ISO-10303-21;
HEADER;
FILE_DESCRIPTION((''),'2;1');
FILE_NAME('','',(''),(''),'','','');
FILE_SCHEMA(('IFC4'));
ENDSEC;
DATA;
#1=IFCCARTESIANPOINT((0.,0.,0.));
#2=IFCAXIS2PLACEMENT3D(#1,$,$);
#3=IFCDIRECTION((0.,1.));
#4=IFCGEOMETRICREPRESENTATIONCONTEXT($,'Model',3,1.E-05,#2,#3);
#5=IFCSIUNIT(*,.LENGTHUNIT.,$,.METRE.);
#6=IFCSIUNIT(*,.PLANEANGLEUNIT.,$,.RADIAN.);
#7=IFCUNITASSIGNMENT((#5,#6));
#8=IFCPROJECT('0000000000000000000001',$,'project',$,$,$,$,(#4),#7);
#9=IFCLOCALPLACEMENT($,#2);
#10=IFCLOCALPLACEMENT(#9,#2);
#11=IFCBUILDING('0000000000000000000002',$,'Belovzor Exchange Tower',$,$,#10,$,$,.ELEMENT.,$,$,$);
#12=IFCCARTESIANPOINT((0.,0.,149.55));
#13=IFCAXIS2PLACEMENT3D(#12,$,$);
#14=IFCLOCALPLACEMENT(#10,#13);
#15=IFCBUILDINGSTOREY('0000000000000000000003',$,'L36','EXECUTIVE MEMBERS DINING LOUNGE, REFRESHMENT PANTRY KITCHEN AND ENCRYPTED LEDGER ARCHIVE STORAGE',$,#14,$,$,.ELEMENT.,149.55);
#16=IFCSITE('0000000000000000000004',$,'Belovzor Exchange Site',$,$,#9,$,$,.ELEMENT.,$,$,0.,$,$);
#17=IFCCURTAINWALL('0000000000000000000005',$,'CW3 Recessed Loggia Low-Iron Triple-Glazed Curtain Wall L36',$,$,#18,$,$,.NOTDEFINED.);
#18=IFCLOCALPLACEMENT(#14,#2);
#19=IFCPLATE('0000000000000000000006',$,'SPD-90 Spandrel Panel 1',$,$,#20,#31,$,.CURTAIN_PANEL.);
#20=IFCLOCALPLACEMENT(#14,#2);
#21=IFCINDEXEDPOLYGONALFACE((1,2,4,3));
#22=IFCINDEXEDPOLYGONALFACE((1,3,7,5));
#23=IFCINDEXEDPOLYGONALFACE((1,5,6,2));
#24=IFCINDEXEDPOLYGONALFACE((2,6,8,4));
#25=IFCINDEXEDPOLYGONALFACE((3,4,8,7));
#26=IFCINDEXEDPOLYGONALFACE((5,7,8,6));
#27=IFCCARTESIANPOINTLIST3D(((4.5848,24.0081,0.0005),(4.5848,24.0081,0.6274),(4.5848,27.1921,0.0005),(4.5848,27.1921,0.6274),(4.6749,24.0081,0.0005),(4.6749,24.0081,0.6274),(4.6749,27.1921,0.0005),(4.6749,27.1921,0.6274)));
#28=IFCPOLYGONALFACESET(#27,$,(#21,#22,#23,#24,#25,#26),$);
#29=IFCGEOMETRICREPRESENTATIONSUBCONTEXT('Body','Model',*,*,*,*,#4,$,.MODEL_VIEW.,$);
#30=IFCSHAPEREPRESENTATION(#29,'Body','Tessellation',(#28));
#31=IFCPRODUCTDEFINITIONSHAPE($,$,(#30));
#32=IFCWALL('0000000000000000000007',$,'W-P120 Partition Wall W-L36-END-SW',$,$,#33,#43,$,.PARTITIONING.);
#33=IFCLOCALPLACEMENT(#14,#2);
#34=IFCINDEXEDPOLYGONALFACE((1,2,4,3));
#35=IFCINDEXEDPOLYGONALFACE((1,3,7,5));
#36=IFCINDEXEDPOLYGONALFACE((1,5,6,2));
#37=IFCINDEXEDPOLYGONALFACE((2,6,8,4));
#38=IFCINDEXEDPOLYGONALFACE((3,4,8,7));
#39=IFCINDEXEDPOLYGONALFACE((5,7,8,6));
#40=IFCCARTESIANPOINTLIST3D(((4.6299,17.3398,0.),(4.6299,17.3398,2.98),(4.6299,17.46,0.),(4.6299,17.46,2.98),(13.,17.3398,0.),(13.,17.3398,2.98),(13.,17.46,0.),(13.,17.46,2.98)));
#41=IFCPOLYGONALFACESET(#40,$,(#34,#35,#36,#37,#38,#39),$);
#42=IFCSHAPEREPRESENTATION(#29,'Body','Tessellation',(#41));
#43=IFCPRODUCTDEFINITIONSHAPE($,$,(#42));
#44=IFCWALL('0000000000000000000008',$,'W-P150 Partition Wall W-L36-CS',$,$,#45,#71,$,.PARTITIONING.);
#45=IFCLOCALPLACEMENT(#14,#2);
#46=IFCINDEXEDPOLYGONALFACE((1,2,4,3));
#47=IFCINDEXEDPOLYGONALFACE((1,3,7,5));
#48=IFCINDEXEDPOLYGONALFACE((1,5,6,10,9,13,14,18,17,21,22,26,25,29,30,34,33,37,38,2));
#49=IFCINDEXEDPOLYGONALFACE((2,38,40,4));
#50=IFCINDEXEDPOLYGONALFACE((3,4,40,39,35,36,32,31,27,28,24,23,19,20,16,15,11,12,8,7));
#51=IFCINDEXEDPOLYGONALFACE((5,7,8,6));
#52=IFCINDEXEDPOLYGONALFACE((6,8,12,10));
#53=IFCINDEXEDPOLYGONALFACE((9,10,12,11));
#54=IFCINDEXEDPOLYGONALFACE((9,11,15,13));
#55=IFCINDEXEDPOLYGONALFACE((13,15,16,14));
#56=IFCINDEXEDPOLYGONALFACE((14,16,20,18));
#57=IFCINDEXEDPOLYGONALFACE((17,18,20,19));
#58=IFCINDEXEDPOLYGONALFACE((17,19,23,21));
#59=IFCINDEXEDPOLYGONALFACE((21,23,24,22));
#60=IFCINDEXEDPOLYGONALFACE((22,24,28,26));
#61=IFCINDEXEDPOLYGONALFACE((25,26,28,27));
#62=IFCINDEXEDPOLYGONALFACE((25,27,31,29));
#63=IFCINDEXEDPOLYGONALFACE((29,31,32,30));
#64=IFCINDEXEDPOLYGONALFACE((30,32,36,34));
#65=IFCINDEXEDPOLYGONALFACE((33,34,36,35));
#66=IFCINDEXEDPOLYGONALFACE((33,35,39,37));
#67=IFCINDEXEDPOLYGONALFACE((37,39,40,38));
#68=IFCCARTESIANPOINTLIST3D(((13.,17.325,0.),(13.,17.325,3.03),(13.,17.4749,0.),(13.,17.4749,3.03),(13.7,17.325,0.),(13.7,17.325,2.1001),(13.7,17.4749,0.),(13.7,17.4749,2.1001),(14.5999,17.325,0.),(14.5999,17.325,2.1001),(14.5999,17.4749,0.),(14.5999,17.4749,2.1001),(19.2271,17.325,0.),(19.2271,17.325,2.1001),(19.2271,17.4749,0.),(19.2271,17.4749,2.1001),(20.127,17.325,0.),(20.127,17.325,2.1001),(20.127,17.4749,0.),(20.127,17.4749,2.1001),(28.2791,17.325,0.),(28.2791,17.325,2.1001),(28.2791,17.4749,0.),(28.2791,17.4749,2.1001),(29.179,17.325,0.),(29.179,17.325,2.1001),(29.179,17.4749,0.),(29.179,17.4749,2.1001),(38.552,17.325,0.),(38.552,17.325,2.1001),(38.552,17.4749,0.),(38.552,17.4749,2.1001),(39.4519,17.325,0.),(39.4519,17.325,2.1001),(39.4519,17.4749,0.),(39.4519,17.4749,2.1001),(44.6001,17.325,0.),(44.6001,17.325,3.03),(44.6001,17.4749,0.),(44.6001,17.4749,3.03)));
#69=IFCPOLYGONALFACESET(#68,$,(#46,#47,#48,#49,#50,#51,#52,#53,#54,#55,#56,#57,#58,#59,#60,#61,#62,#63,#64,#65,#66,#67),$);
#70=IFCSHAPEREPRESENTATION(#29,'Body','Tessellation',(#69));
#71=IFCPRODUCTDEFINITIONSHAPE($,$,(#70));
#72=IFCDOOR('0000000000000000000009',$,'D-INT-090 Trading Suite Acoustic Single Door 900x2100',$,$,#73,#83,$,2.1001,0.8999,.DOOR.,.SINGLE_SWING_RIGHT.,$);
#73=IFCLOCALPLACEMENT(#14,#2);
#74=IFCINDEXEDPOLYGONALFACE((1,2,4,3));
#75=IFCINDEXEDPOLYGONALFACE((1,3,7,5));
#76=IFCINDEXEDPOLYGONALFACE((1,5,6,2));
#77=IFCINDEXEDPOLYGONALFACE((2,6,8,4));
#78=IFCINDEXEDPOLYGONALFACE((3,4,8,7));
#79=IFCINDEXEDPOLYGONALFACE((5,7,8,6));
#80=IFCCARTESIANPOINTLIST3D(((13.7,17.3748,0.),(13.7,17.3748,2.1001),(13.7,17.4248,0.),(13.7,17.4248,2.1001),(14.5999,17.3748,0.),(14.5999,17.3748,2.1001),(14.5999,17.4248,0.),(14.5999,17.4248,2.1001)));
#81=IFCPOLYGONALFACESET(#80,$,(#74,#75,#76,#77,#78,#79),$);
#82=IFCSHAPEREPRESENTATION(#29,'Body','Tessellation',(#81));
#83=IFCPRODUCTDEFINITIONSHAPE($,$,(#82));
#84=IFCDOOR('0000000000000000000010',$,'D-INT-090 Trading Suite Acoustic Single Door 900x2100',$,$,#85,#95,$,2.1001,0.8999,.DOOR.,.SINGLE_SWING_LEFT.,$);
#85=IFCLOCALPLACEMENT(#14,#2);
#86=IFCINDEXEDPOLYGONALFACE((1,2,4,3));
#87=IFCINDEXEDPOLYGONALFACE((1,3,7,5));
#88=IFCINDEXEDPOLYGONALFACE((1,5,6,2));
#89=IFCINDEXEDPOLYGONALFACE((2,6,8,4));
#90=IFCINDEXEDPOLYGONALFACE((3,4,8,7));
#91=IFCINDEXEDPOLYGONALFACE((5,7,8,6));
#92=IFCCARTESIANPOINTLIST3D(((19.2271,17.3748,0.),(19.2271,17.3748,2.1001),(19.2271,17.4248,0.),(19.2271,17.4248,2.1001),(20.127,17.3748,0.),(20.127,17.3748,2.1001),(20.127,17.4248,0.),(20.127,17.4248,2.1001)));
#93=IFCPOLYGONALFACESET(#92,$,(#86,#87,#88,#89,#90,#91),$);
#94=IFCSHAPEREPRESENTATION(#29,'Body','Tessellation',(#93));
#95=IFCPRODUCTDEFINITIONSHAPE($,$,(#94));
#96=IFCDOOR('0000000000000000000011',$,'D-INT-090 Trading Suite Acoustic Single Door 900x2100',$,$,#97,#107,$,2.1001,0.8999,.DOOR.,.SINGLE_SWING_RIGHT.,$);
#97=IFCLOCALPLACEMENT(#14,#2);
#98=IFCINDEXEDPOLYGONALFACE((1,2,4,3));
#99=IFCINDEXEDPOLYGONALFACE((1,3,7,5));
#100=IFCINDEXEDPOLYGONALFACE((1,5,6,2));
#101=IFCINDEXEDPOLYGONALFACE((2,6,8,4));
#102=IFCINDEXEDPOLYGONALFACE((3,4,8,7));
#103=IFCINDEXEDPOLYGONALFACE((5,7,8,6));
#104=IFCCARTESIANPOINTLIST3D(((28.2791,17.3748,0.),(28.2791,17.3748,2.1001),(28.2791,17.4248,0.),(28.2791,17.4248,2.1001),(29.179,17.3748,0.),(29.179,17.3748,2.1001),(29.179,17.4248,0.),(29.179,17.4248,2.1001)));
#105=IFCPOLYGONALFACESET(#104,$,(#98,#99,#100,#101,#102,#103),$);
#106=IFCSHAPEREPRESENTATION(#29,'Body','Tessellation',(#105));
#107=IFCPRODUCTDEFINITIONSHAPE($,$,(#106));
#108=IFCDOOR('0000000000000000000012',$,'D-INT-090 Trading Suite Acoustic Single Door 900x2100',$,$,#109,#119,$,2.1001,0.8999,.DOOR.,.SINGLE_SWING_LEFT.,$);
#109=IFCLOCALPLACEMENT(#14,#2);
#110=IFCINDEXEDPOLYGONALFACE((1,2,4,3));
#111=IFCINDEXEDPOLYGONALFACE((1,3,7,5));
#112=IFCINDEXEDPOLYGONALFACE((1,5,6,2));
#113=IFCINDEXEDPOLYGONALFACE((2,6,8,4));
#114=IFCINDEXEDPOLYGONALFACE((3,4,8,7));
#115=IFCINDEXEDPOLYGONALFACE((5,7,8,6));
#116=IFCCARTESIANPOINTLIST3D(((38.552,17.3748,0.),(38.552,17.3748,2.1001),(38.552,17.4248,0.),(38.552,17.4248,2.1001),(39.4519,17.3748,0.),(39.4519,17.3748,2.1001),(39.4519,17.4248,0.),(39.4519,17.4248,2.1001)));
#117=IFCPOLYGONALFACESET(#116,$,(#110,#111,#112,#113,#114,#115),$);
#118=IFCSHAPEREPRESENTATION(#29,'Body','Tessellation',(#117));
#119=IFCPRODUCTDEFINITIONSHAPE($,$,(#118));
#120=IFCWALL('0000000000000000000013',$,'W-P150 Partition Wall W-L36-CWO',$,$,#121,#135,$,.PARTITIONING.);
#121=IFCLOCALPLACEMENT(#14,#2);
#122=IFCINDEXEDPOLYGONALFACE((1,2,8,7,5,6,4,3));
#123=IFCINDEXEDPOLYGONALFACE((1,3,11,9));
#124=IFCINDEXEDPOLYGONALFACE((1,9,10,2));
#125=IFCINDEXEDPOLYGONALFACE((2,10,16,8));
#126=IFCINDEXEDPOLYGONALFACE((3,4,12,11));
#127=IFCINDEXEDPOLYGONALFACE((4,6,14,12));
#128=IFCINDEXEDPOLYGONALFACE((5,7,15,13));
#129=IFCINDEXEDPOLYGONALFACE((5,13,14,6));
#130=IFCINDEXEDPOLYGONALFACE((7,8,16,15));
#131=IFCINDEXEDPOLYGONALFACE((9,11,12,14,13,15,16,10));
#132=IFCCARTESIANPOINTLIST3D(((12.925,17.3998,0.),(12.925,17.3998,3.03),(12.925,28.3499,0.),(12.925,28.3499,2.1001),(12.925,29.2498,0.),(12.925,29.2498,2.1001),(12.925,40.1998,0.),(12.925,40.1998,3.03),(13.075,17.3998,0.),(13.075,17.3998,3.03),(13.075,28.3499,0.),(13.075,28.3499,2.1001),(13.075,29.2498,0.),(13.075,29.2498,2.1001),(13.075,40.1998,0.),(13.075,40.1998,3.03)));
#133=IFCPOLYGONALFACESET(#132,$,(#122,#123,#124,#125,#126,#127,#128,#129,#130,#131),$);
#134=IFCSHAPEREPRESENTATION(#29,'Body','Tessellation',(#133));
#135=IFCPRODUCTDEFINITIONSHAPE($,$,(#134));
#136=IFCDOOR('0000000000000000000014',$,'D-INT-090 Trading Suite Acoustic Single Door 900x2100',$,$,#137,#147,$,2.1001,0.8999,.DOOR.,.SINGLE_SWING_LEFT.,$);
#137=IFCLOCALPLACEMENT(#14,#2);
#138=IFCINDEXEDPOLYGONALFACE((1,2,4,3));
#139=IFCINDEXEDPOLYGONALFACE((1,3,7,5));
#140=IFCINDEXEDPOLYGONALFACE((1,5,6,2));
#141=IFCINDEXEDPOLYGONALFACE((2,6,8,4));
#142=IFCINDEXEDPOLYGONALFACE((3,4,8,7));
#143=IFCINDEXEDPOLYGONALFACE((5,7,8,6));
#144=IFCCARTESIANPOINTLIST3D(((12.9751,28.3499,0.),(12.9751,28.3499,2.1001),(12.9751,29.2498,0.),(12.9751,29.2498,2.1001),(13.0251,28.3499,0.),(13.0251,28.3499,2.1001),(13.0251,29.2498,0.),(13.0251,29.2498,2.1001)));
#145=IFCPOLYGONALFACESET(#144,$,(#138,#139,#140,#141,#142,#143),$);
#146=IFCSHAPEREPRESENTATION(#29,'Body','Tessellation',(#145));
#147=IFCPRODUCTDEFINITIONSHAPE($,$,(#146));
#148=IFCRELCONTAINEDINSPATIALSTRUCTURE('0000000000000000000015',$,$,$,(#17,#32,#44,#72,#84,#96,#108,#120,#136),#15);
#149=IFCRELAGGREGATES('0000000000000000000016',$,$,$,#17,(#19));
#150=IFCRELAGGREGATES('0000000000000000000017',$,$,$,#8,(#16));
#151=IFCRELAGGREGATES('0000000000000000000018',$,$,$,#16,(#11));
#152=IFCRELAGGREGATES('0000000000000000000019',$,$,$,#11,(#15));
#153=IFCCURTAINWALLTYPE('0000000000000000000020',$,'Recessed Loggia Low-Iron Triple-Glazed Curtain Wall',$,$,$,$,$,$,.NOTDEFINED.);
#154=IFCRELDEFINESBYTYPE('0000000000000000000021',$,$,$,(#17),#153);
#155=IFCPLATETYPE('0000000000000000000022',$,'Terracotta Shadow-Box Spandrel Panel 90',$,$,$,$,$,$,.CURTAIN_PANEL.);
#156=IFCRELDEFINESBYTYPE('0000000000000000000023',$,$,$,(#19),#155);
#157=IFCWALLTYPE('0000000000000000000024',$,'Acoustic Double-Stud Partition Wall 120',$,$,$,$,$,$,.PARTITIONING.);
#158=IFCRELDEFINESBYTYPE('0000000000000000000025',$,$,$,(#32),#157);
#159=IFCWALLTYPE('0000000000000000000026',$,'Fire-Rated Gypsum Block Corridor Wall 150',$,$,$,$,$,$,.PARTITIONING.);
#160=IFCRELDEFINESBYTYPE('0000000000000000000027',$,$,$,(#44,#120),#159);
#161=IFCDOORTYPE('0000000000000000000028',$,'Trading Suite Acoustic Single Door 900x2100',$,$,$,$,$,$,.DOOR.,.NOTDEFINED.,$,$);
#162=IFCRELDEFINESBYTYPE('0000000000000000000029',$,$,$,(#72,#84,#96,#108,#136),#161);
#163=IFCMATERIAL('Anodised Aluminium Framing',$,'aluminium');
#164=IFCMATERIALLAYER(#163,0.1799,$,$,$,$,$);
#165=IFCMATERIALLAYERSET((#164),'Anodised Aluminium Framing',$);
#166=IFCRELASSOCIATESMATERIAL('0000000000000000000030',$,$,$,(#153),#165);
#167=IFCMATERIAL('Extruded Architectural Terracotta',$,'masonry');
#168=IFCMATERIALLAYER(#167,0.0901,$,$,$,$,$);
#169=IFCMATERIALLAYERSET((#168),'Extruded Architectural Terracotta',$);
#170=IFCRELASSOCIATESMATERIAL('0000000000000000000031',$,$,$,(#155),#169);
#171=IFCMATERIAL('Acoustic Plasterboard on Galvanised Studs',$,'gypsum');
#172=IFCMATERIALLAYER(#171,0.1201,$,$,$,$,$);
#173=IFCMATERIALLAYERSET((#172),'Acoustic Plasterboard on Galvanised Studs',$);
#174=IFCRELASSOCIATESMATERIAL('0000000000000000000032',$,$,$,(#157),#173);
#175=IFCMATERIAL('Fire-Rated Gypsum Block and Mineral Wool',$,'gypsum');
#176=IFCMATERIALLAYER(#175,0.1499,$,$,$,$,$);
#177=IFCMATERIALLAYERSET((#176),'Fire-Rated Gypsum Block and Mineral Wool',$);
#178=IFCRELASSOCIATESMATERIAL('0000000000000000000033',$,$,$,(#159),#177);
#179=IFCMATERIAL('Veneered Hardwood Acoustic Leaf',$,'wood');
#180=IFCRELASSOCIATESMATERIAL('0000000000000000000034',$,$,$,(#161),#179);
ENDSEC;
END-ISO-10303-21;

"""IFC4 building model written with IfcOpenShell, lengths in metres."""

from ifc_helpers import new_model, si_unit, direction, frame, frame_2d, origin, origin_2d, place, context, subcontext, project, spatial, rectangle, extrude, material, layer, layer_set, type_object, element, fill, aggregate, save


model = new_model("IFC4")

# Units and contexts
model_context = context("Model", 3, precision=1e-05, world=origin(), true_north=direction((0.0, 1.0)))
body_context = subcontext(model_context, "Body", "Model", "MODEL_VIEW")
ifc_project = project(units=[si_unit("LENGTHUNIT", "METRE"), si_unit("PLANEANGLEUNIT", "RADIAN")], contexts=[model_context])

# Site, building, storey
site_placement = place(None, origin())
site = spatial("IfcSite", under=ifc_project, at=site_placement, Name="Belovzor Exchange Site", CompositionType="ELEMENT", RefElevation=0.0)
building_placement = place(site_placement, origin())
building = spatial("IfcBuilding", under=site, at=building_placement, Name="Belovzor Exchange Tower", CompositionType="ELEMENT")
storey_placement = place(building_placement, frame((0.0, 0.0, 149.55)))
storey = spatial("IfcBuildingStorey", under=building, at=storey_placement, Name="L36", Description="EXECUTIVE MEMBERS DINING LOUNGE, REFRESHMENT PANTRY KITCHEN AND ENCRYPTED LEDGER ARCHIVE STORAGE", CompositionType="ELEMENT", Elevation=149.55)

# Curtain wall
ifc_material_1 = material(Name="Anodised Aluminium Framing", Category="aluminium")
ifc_layer_1 = layer(ifc_material_1, 0.1799)
ifc_layer_set_1 = layer_set([ifc_layer_1], Name="Anodised Aluminium Framing")
curtain_wall_type = type_object("IfcCurtainWallType", Name="Recessed Loggia Low-Iron Triple-Glazed Curtain Wall", PredefinedType="NOTDEFINED", material=ifc_layer_set_1)
curtain_wall_placement = place(storey_placement, origin())
curtain_wall = element("IfcCurtainWall", 1, at=curtain_wall_placement, inside=storey, type_object=curtain_wall_type, Name="CW3 Recessed Loggia Low-Iron Triple-Glazed Curtain Wall L36", PredefinedType="NOTDEFINED")

# Plate
ifc_material_2 = material(Name="Extruded Architectural Terracotta", Category="masonry")
ifc_layer_2 = layer(ifc_material_2, 0.0901)
ifc_layer_set_2 = layer_set([ifc_layer_2], Name="Extruded Architectural Terracotta")
plate_type_1 = type_object("IfcPlateType", Name="Terracotta Shadow-Box Spandrel Panel 90", PredefinedType="CURTAIN_PANEL", material=ifc_layer_set_2)
plate_placement = place(storey_placement, frame((4.6299, 25.6001, 0.0005), z_axis=(0.0, 0.0, 1.0), x_axis=(0.0, 1.0, 0.0)))
plate = element("IfcPlate", 2, at=plate_placement, type_object=plate_type_1, Name="SPD-90 Spandrel Panel 1", PredefinedType="CURTAIN_PANEL", context=body_context, shape_type="SweptSolid", body=[
    extrude(rectangle(XDim=3.1841, YDim=0.0901, at=origin_2d()), origin(), (0.0, 0.0, 1.0), 0.627),
])
aggregate(curtain_wall, [plate])

# Wall
ifc_material_3 = material(Name="Acoustic Plasterboard on Galvanised Studs", Category="gypsum")
ifc_layer_3 = layer(ifc_material_3, 0.1201)
ifc_layer_set_3 = layer_set([ifc_layer_3], Name="Acoustic Plasterboard on Galvanised Studs")
wall_type_1 = type_object("IfcWallType", Name="Acoustic Double-Stud Partition Wall 120", PredefinedType="PARTITIONING", material=ifc_layer_set_3)
wall_1_placement = place(storey_placement, frame((4.6299, 17.3999, 0.0), z_axis=(0.0, 0.0, 1.0), x_axis=(1.0, 0.0, 0.0)))
element("IfcWall", 3, at=wall_1_placement, inside=storey, type_object=wall_type_1, Name="W-P120 Partition Wall W-L36-END-SW", PredefinedType="PARTITIONING", context=body_context, shape_type="SweptSolid", body=[
    extrude(rectangle(XDim=8.3701, YDim=0.1201, at=frame_2d((4.1851, 0.0))), origin(), (0.0, 0.0, 1.0), 2.98),
])

# Wall, openings, doors
ifc_material_4 = material(Name="Fire-Rated Gypsum Block and Mineral Wool", Category="gypsum")
ifc_layer_4 = layer(ifc_material_4, 0.1499)
ifc_layer_set_4 = layer_set([ifc_layer_4], Name="Fire-Rated Gypsum Block and Mineral Wool")
wall_type_2 = type_object("IfcWallType", Name="Fire-Rated Gypsum Block Corridor Wall 150", PredefinedType="PARTITIONING", material=ifc_layer_set_4)
wall_2_placement = place(storey_placement, frame((13.0, 17.3999, 0.0), z_axis=(0.0, 0.0, 1.0), x_axis=(1.0, 0.0, 0.0)))
wall_2 = element("IfcWall", 4, at=wall_2_placement, inside=storey, type_object=wall_type_2, Name="W-P150 Partition Wall W-L36-CS", PredefinedType="PARTITIONING", context=body_context, shape_type="SweptSolid", body=[
    extrude(rectangle(XDim=31.6001, YDim=0.1499, at=frame_2d((15.8, 0.0))), origin(), (0.0, 0.0, 1.0), 3.03),
])
opening_1_placement = place(wall_2_placement, frame((0.7, 0.0, 0.0)))
opening_1 = element("IfcOpeningElement", 5, at=opening_1_placement, cuts=wall_2, PredefinedType="OPENING", context=body_context, shape_type="SweptSolid", body=[
    extrude(rectangle(XDim=0.8999, YDim=2.1001, at=frame_2d((0.45, 1.05))), frame((0.0, 0.085, 0.0), z_axis=(0.0, -1.0, 0.0), x_axis=(1.0, 0.0, 0.0)), (0.0, 0.0, 1.0), 0.1699),
])
opening_2_placement = place(wall_2_placement, frame((6.2271, 0.0, 0.0)))
opening_2 = element("IfcOpeningElement", 6, at=opening_2_placement, cuts=wall_2, PredefinedType="OPENING", context=body_context, shape_type="SweptSolid", body=[
    extrude(rectangle(XDim=0.8999, YDim=2.1001, at=frame_2d((0.45, 1.05))), frame((0.0, 0.085, 0.0), z_axis=(0.0, -1.0, 0.0), x_axis=(1.0, 0.0, 0.0)), (0.0, 0.0, 1.0), 0.1699),
])
opening_3_placement = place(wall_2_placement, frame((15.2791, 0.0, 0.0)))
opening_3 = element("IfcOpeningElement", 7, at=opening_3_placement, cuts=wall_2, PredefinedType="OPENING", context=body_context, shape_type="SweptSolid", body=[
    extrude(rectangle(XDim=0.8999, YDim=2.1001, at=frame_2d((0.45, 1.05))), frame((0.0, 0.085, 0.0), z_axis=(0.0, -1.0, 0.0), x_axis=(1.0, 0.0, 0.0)), (0.0, 0.0, 1.0), 0.1699),
])
opening_4_placement = place(wall_2_placement, frame((25.552, 0.0, 0.0)))
opening_4 = element("IfcOpeningElement", 8, at=opening_4_placement, cuts=wall_2, PredefinedType="OPENING", context=body_context, shape_type="SweptSolid", body=[
    extrude(rectangle(XDim=0.8999, YDim=2.1001, at=frame_2d((0.45, 1.05))), frame((0.0, 0.085, 0.0), z_axis=(0.0, -1.0, 0.0), x_axis=(1.0, 0.0, 0.0)), (0.0, 0.0, 1.0), 0.1699),
])
ifc_material_5 = material(Name="Veneered Hardwood Acoustic Leaf", Category="wood")
door_type = type_object("IfcDoorType", Name="Trading Suite Acoustic Single Door 900x2100", OperationType="NOTDEFINED", PredefinedType="DOOR", material=ifc_material_5)
door_1_placement = place(opening_1_placement, origin())
door_1 = element("IfcDoor", 9, at=door_1_placement, inside=storey, type_object=door_type, Name="D-INT-090 Trading Suite Acoustic Single Door 900x2100", OperationType="SINGLE_SWING_RIGHT", OverallHeight=2.1001, OverallWidth=0.8999, PredefinedType="DOOR", context=body_context, shape_type="SweptSolid", body=[
    extrude(rectangle(XDim=0.8999, YDim=2.1001, at=frame_2d((0.45, 1.05))), frame((0.0, 0.0249, 0.0), z_axis=(0.0, -1.0, 0.0), x_axis=(1.0, 0.0, 0.0)), (0.0, 0.0, 1.0), 0.05),
])
fill(opening_1, door_1)
door_2_placement = place(opening_2_placement, origin())
door_2 = element("IfcDoor", 10, at=door_2_placement, inside=storey, type_object=door_type, Name="D-INT-090 Trading Suite Acoustic Single Door 900x2100", OperationType="SINGLE_SWING_LEFT", OverallHeight=2.1001, OverallWidth=0.8999, PredefinedType="DOOR", context=body_context, shape_type="SweptSolid", body=[
    extrude(rectangle(XDim=0.8999, YDim=2.1001, at=frame_2d((0.45, 1.05))), frame((0.0, 0.0249, 0.0), z_axis=(0.0, -1.0, 0.0), x_axis=(1.0, 0.0, 0.0)), (0.0, 0.0, 1.0), 0.05),
])
fill(opening_2, door_2)
door_3_placement = place(opening_3_placement, origin())
door_3 = element("IfcDoor", 11, at=door_3_placement, inside=storey, type_object=door_type, Name="D-INT-090 Trading Suite Acoustic Single Door 900x2100", OperationType="SINGLE_SWING_RIGHT", OverallHeight=2.1001, OverallWidth=0.8999, PredefinedType="DOOR", context=body_context, shape_type="SweptSolid", body=[
    extrude(rectangle(XDim=0.8999, YDim=2.1001, at=frame_2d((0.45, 1.05))), frame((0.0, 0.0249, 0.0), z_axis=(0.0, -1.0, 0.0), x_axis=(1.0, 0.0, 0.0)), (0.0, 0.0, 1.0), 0.05),
])
fill(opening_3, door_3)
door_4_placement = place(opening_4_placement, origin())
door_4 = element("IfcDoor", 12, at=door_4_placement, inside=storey, type_object=door_type, Name="D-INT-090 Trading Suite Acoustic Single Door 900x2100", OperationType="SINGLE_SWING_LEFT", OverallHeight=2.1001, OverallWidth=0.8999, PredefinedType="DOOR", context=body_context, shape_type="SweptSolid", body=[
    extrude(rectangle(XDim=0.8999, YDim=2.1001, at=frame_2d((0.45, 1.05))), frame((0.0, 0.0249, 0.0), z_axis=(0.0, -1.0, 0.0), x_axis=(1.0, 0.0, 0.0)), (0.0, 0.0, 1.0), 0.05),
])
fill(opening_4, door_4)

# Wall, opening, door
wall_3_placement = place(storey_placement, frame((13.0, 17.3999, 0.0), z_axis=(0.0, 0.0, 1.0), x_axis=(0.0, 1.0, 0.0)))
wall_3 = element("IfcWall", 13, at=wall_3_placement, inside=storey, type_object=wall_type_2, Name="W-P150 Partition Wall W-L36-CWO", PredefinedType="PARTITIONING", context=body_context, shape_type="SweptSolid", body=[
    extrude(rectangle(XDim=22.8, YDim=0.1499, at=frame_2d((11.3999, 0.0))), origin(), (0.0, 0.0, 1.0), 3.03),
])
opening_5_placement = place(wall_3_placement, frame((10.95, 0.0, 0.0)))
opening_5 = element("IfcOpeningElement", 14, at=opening_5_placement, cuts=wall_3, PredefinedType="OPENING", context=body_context, shape_type="SweptSolid", body=[
    extrude(rectangle(XDim=0.8999, YDim=2.1001, at=frame_2d((0.45, 1.05))), frame((0.0, 0.085, 0.0), z_axis=(0.0, -1.0, 0.0), x_axis=(1.0, 0.0, 0.0)), (0.0, 0.0, 1.0), 0.1699),
])
door_5_placement = place(opening_5_placement, origin())
door_5 = element("IfcDoor", 15, at=door_5_placement, inside=storey, type_object=door_type, Name="D-INT-090 Trading Suite Acoustic Single Door 900x2100", OperationType="SINGLE_SWING_LEFT", OverallHeight=2.1001, OverallWidth=0.8999, PredefinedType="DOOR", context=body_context, shape_type="SweptSolid", body=[
    extrude(rectangle(XDim=0.8999, YDim=2.1001, at=frame_2d((0.45, 1.05))), frame((0.0, 0.0249, 0.0), z_axis=(0.0, -1.0, 0.0), x_axis=(1.0, 0.0, 0.0)), (0.0, 0.0, 1.0), 0.05),
])
fill(opening_5, door_5)

save(model, "model.ifc")
